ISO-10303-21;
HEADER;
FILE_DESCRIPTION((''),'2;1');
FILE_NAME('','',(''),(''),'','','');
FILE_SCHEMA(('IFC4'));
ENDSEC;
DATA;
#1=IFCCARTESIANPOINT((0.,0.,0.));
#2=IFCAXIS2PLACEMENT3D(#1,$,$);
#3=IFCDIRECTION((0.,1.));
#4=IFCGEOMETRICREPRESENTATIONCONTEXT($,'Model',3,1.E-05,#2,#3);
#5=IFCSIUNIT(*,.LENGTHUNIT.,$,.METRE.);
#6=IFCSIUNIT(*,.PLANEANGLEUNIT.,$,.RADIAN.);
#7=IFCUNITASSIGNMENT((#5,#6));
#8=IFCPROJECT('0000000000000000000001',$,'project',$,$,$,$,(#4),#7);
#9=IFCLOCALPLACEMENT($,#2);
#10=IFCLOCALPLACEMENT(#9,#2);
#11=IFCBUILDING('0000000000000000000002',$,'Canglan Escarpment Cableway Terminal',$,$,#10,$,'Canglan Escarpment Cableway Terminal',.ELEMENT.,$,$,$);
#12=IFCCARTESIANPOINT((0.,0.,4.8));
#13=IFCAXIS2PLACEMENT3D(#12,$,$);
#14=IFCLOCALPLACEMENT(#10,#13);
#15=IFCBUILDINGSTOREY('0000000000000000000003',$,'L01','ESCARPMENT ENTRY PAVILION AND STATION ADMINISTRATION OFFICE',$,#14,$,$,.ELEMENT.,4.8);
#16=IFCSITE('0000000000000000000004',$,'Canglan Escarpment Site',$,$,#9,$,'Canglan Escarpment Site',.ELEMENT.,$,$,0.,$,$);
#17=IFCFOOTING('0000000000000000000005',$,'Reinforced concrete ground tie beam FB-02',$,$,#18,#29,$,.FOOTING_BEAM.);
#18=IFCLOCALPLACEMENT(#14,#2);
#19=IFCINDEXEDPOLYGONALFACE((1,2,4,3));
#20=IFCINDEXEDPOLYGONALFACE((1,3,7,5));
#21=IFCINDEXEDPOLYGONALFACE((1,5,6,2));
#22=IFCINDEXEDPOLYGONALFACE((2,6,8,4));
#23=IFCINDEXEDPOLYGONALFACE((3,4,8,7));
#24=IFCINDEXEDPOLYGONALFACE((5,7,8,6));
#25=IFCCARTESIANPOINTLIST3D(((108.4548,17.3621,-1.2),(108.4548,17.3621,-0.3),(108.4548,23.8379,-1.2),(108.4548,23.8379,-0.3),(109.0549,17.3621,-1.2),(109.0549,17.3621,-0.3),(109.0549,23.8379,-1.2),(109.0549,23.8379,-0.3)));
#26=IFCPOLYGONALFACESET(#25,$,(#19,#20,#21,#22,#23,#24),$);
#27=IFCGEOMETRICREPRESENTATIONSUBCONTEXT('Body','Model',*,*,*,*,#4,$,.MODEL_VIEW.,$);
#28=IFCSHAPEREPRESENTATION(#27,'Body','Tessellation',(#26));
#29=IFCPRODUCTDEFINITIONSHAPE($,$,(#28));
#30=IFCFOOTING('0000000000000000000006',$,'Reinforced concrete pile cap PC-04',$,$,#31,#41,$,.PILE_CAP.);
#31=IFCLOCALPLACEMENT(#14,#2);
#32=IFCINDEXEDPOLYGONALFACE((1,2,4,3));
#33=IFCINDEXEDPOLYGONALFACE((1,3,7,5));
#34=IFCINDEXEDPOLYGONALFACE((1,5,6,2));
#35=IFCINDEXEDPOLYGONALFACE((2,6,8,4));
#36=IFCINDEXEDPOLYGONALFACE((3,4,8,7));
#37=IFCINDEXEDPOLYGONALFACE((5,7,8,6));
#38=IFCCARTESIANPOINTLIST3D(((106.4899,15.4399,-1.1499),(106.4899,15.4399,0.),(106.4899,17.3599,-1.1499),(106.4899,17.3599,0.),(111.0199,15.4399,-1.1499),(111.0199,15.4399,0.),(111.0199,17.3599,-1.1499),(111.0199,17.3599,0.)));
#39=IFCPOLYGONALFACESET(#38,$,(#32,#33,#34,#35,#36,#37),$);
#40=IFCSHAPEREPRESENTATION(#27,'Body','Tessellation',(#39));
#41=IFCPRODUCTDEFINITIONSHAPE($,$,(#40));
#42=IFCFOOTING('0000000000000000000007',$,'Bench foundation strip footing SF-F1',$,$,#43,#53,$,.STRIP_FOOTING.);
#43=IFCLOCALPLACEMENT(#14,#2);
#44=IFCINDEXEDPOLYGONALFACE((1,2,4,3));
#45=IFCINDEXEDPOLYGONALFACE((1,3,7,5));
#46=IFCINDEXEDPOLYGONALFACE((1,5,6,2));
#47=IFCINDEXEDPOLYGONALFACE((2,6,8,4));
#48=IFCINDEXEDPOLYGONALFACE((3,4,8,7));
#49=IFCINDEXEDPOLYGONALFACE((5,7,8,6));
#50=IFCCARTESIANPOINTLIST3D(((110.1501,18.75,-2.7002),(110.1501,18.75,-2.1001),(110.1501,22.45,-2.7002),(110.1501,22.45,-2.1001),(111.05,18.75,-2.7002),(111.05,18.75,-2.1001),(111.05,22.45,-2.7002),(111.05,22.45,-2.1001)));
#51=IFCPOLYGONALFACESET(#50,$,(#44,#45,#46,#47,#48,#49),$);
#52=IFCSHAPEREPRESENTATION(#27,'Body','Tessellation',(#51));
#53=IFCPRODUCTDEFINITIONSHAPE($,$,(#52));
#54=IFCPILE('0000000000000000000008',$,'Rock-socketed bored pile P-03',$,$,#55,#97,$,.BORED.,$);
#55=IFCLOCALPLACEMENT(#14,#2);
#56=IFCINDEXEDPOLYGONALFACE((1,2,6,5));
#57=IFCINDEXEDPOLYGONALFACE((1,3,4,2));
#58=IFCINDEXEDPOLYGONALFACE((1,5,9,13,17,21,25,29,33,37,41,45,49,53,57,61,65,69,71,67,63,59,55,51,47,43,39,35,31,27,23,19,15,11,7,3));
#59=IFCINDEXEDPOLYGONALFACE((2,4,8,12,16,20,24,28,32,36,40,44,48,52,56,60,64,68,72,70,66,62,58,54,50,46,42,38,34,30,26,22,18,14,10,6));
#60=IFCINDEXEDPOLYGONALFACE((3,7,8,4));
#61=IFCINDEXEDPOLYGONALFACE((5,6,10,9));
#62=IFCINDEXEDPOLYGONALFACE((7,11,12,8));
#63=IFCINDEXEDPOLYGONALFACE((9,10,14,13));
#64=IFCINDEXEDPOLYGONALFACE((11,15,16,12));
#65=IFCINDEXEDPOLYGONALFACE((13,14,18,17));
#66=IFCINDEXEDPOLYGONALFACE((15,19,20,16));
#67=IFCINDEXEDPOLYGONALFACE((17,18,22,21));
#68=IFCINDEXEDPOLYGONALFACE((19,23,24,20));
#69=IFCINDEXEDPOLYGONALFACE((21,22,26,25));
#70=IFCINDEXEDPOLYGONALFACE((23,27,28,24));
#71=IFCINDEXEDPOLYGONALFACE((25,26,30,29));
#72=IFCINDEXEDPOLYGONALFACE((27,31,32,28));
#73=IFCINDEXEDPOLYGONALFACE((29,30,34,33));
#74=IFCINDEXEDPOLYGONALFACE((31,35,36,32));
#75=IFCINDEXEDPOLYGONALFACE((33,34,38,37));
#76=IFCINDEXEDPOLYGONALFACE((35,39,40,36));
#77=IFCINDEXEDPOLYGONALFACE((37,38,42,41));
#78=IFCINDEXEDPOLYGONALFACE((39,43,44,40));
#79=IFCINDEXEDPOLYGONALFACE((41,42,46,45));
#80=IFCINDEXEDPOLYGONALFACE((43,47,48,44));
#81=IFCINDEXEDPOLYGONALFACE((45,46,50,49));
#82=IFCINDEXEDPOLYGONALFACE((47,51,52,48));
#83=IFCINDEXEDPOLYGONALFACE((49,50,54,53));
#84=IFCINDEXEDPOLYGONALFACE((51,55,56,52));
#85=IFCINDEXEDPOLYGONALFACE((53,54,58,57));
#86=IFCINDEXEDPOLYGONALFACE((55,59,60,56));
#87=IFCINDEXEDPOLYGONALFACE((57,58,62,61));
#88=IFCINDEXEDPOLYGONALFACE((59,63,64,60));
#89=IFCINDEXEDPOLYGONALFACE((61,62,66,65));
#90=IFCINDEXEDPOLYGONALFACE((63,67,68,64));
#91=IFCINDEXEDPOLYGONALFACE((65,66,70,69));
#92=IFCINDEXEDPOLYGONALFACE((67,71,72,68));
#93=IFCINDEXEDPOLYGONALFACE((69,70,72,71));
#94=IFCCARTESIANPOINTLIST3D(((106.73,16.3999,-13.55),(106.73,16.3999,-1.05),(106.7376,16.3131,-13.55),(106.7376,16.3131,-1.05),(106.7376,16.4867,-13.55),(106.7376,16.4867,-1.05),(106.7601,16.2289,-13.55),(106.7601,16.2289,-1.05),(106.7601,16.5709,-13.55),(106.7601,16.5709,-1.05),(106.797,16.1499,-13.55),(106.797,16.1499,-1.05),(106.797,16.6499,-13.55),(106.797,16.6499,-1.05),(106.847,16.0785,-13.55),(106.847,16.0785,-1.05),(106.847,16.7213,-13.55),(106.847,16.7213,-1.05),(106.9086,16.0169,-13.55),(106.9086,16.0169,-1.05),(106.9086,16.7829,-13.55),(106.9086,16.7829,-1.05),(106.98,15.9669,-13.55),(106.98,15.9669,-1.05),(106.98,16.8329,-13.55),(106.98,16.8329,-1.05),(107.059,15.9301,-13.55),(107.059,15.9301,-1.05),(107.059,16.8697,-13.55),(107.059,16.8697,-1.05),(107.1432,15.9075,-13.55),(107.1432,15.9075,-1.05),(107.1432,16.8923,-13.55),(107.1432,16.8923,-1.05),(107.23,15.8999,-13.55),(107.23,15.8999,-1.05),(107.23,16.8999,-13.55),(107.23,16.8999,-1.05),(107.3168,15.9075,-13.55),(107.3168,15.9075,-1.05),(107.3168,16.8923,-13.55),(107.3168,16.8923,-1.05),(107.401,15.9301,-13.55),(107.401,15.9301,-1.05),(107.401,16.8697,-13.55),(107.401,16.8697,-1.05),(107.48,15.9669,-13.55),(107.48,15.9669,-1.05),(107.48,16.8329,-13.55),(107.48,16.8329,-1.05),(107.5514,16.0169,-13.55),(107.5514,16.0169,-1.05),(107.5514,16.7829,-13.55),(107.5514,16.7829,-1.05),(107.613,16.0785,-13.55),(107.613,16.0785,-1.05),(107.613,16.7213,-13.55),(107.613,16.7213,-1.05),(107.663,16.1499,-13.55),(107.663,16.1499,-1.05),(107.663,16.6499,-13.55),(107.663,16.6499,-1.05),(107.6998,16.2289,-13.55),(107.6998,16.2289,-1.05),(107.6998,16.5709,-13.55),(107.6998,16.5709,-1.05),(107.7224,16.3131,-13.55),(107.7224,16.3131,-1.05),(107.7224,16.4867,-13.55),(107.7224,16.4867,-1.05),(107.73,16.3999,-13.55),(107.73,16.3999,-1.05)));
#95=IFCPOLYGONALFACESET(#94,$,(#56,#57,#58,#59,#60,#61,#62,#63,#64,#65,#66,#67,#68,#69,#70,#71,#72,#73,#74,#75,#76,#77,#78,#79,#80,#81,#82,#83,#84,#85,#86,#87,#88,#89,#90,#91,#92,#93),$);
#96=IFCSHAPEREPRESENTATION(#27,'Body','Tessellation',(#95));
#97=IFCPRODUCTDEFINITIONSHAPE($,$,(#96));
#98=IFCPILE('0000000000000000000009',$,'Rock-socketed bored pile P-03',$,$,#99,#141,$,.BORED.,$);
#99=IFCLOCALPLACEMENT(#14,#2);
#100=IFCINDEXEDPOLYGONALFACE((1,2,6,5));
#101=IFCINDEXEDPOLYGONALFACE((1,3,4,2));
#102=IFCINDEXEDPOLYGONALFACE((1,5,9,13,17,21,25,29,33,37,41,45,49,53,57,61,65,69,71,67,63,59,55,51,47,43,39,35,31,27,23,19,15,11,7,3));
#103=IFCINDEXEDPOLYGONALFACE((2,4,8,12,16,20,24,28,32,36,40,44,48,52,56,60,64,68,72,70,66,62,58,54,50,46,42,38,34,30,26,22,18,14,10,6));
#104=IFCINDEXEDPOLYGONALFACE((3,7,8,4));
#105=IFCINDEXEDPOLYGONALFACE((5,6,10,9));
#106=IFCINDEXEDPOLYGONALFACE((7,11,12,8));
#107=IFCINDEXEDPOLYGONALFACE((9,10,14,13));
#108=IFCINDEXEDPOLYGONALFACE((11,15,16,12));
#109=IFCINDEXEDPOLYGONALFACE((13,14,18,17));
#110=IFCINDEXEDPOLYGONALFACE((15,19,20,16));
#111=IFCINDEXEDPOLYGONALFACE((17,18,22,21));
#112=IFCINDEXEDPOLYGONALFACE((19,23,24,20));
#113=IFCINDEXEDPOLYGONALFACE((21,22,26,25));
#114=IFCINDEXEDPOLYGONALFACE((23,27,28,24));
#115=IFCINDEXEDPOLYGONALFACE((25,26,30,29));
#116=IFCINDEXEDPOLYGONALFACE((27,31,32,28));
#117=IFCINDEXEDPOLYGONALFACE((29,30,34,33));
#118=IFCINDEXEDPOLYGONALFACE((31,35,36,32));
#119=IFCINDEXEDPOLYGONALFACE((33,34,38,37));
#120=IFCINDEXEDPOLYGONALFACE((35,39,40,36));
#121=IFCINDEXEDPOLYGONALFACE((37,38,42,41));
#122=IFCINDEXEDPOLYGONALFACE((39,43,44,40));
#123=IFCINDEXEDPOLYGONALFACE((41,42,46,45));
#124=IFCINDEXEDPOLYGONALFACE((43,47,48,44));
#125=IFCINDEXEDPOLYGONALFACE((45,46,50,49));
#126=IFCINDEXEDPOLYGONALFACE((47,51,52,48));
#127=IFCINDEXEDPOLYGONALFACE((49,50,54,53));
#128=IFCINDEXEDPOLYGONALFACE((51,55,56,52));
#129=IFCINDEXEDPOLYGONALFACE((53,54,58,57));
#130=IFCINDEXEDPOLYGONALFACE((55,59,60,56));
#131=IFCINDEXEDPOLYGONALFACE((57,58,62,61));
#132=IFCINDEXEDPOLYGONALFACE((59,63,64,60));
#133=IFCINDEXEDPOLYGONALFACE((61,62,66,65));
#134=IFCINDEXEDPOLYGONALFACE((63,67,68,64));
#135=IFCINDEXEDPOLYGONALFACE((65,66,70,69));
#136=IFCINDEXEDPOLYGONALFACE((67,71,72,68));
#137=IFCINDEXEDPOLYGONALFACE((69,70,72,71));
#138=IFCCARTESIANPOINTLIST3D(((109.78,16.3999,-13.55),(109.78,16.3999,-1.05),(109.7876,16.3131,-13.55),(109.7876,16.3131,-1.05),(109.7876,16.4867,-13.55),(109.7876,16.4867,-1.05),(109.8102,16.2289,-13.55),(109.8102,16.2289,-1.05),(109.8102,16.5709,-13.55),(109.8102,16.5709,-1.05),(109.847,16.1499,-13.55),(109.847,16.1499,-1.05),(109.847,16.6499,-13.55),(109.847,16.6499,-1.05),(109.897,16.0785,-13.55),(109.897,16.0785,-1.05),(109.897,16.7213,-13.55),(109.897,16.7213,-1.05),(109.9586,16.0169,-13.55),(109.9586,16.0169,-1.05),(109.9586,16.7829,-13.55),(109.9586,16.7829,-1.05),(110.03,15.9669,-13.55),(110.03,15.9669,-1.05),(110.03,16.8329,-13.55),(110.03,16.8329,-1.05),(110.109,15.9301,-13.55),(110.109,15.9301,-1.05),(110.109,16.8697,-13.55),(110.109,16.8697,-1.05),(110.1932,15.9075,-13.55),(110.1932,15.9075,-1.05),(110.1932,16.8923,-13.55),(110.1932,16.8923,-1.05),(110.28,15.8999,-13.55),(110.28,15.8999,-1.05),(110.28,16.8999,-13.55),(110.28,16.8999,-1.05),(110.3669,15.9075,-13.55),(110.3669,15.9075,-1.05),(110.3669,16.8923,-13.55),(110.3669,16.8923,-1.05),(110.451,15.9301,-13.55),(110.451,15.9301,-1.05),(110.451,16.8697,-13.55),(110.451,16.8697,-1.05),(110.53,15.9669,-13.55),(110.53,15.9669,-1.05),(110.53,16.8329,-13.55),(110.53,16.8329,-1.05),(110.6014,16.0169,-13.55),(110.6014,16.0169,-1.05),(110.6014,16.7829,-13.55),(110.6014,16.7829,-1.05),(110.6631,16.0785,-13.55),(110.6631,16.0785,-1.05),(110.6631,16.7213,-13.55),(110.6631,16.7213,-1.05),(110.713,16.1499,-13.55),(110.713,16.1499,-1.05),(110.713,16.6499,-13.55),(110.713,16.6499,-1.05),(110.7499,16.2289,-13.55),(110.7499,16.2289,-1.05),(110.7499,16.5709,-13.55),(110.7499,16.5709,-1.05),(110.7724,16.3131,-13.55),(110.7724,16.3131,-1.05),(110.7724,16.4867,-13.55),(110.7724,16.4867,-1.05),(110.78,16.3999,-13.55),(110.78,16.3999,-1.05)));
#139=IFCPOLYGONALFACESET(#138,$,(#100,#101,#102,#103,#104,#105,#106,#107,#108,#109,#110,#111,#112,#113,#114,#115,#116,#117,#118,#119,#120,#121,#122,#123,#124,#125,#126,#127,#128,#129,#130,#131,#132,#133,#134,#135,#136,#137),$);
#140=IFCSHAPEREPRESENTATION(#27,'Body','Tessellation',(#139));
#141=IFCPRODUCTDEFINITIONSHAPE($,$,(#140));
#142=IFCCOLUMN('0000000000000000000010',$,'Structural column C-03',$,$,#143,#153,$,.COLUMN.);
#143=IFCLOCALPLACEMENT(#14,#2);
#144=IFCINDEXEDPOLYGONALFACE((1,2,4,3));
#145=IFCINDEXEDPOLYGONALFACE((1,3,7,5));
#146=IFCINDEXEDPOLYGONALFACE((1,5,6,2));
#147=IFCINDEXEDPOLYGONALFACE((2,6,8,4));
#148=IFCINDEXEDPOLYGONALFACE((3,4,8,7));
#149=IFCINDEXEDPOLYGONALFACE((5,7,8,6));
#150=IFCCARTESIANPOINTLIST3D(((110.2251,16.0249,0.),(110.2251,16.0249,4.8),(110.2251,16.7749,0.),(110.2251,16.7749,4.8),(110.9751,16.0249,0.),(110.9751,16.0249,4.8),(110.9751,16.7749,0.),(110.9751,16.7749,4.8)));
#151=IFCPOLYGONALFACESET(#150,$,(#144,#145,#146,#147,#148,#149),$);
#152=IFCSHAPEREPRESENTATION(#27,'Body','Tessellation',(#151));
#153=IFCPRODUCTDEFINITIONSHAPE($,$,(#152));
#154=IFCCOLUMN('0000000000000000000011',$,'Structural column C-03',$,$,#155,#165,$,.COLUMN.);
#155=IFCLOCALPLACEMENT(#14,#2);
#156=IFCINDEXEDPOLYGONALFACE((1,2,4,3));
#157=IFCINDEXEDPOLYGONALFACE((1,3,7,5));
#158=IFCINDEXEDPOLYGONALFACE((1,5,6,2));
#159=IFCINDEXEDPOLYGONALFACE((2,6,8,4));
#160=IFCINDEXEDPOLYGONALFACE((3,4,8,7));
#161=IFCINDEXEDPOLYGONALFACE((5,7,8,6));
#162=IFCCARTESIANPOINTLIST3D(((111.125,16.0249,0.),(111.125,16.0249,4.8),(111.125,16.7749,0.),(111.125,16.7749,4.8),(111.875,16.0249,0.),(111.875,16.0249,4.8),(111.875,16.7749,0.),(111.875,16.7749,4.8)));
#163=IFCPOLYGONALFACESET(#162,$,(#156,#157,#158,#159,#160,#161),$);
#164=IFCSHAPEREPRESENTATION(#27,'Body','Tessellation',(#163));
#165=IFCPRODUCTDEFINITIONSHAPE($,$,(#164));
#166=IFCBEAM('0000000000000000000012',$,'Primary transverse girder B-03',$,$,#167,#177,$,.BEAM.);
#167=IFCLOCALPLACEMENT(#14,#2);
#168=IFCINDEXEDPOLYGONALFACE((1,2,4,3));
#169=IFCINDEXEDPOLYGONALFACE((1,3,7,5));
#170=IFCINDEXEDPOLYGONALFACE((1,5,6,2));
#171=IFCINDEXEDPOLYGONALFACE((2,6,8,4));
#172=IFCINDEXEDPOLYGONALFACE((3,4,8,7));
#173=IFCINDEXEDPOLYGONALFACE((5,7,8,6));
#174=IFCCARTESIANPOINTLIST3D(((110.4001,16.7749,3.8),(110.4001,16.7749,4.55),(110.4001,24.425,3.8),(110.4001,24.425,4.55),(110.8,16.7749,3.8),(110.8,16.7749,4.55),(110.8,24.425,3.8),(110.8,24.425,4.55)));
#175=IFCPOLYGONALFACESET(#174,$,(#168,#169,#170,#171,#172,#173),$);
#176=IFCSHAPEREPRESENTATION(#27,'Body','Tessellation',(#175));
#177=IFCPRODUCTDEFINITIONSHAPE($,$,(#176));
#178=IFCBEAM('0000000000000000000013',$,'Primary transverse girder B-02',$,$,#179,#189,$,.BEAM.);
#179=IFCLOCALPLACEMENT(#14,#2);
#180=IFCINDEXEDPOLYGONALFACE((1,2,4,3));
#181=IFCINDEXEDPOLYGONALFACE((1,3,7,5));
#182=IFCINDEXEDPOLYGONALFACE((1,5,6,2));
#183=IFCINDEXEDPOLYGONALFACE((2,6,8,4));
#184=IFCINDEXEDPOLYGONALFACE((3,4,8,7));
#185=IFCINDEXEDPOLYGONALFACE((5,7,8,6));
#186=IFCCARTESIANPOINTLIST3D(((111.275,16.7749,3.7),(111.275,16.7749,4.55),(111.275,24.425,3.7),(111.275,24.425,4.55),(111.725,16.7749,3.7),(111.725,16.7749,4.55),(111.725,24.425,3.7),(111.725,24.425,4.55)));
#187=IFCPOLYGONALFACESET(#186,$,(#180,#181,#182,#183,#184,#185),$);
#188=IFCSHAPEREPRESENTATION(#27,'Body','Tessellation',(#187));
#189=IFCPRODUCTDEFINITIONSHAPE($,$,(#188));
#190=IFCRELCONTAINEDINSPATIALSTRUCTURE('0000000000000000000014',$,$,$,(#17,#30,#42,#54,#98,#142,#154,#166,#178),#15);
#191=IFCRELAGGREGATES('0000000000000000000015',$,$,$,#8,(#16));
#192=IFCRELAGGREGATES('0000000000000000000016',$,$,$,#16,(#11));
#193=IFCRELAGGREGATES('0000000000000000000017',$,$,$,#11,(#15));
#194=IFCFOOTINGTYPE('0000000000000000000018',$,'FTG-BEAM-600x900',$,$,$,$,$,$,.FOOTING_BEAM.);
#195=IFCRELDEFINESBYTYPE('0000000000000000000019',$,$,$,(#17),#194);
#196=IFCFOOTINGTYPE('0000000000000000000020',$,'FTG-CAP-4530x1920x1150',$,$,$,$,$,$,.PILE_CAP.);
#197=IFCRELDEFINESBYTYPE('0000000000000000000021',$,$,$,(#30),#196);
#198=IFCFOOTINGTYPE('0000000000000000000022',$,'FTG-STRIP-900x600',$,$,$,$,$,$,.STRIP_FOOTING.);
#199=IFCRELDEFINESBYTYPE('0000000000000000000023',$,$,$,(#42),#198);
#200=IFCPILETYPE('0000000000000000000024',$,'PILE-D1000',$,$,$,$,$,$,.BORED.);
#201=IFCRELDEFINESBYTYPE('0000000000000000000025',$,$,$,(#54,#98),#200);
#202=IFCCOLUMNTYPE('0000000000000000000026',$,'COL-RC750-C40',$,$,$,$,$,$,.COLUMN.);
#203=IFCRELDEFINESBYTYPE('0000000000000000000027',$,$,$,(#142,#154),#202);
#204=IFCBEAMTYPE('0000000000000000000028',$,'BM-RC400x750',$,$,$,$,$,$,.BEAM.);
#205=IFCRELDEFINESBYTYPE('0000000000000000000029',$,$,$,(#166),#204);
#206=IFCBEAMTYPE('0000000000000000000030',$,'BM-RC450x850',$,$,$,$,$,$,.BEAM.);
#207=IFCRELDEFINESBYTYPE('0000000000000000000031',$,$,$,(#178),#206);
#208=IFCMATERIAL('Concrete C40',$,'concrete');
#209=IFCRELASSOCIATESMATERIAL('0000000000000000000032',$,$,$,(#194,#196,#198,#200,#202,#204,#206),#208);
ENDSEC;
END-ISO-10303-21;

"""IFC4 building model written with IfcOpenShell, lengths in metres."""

from ifc_helpers import new_model, si_unit, direction, frame, origin, origin_2d, place, context, subcontext, project, spatial, rectangle, circle, extrude, material, material_profile, profile_set, type_object, element, save


model = new_model("IFC4")

# Units and contexts
model_context = context("Model", 3, precision=1e-05, world=origin(), true_north=direction((0.0, 1.0)))
body_context = subcontext(model_context, "Body", "Model", "MODEL_VIEW")
ifc_project = project(units=[si_unit("LENGTHUNIT", "METRE"), si_unit("PLANEANGLEUNIT", "RADIAN")], contexts=[model_context])

# Site, building, storey
site_placement = place(None, origin())
site = spatial("IfcSite", under=ifc_project, at=site_placement, Name="Canglan Escarpment Site", LongName="Canglan Escarpment Site", CompositionType="ELEMENT", RefElevation=0.0)
building_placement = place(site_placement, origin())
building = spatial("IfcBuilding", under=site, at=building_placement, Name="Canglan Escarpment Cableway Terminal", LongName="Canglan Escarpment Cableway Terminal", CompositionType="ELEMENT")
storey_placement = place(building_placement, frame((0.0, 0.0, 4.8)))
storey = spatial("IfcBuildingStorey", under=building, at=storey_placement, Name="L01", Description="ESCARPMENT ENTRY PAVILION AND STATION ADMINISTRATION OFFICE", CompositionType="ELEMENT", Elevation=4.8)

# Footings
ifc_material_1 = material(Name="Concrete C40", Category="concrete")
ifc_material_profile_1 = material_profile(ifc_material_1, rectangle(XDim=0.6001, YDim=0.8999, at=origin_2d()), Name="FB 600x900")
ifc_profile_set_1 = profile_set([ifc_material_profile_1], Name="Concrete C40")
footing_type_1 = type_object("IfcFootingType", Name="FTG-BEAM-600x900", PredefinedType="FOOTING_BEAM", material=ifc_profile_set_1)
footing_1_placement = place(storey_placement, frame((108.7549, 17.3621, -0.75), z_axis=(0.0, 1.0, 0.0), x_axis=(-1.0, 0.0, 0.0)))
element("IfcFooting", 1, at=footing_1_placement, inside=storey, type_object=footing_type_1, Name="Reinforced concrete ground tie beam FB-02", PredefinedType="FOOTING_BEAM", context=body_context, shape_type="SweptSolid", body=[
    extrude(rectangle(XDim=0.6001, YDim=0.8999, at=origin_2d()), origin(), (0.0, 0.0, 1.0), 6.4758),
])
footing_type_2 = type_object("IfcFootingType", Name="FTG-CAP-4530x1920x1150", PredefinedType="PILE_CAP", material=ifc_material_1)
footing_2_placement = place(storey_placement, frame((108.7549, 16.3999, -1.1499), z_axis=(0.0, 0.0, 1.0), x_axis=(1.0, 0.0, 0.0)))
element("IfcFooting", 2, at=footing_2_placement, inside=storey, type_object=footing_type_2, Name="Reinforced concrete pile cap PC-04", PredefinedType="PILE_CAP", context=body_context, shape_type="SweptSolid", body=[
    extrude(rectangle(XDim=4.53, YDim=1.9199, at=origin_2d()), origin(), (0.0, 0.0, 1.0), 1.1499),
])
ifc_material_profile_2 = material_profile(ifc_material_1, rectangle(XDim=0.8999, YDim=0.6001, at=origin_2d()), Name="SF 900x600")
ifc_profile_set_2 = profile_set([ifc_material_profile_2], Name="Concrete C40")
footing_type_3 = type_object("IfcFootingType", Name="FTG-STRIP-900x600", PredefinedType="STRIP_FOOTING", material=ifc_profile_set_2)
footing_3_placement = place(storey_placement, frame((110.6001, 18.75, -2.4001), z_axis=(0.0, 1.0, 0.0), x_axis=(-1.0, 0.0, 0.0)))
element("IfcFooting", 3, at=footing_3_placement, inside=storey, type_object=footing_type_3, Name="Bench foundation strip footing SF-F1", PredefinedType="STRIP_FOOTING", context=body_context, shape_type="SweptSolid", body=[
    extrude(rectangle(XDim=0.8999, YDim=0.6001, at=origin_2d()), origin(), (0.0, 0.0, 1.0), 3.7),
])

# Piles
ifc_material_profile_3 = material_profile(ifc_material_1, circle(Radius=0.5, at=origin_2d()), Name="BORED PILE D1000")
ifc_profile_set_3 = profile_set([ifc_material_profile_3], Name="Concrete C40")
pile_type = type_object("IfcPileType", Name="PILE-D1000", PredefinedType="BORED", material=ifc_profile_set_3)
for number, where, z_axis, x_axis, name in (
    (4, (107.23, 16.3999, -1.05), (0.0, 0.0, -1.0), (1.0, 0.0, 0.0), "Rock-socketed bored pile P-03"),
    (5, (110.28, 16.3999, -1.05), (0.0, 0.0, -1.0), (1.0, 0.0, 0.0), "Rock-socketed bored pile P-03"),
):
    element("IfcPile", number, at=place(storey_placement, frame(where, z_axis=z_axis, x_axis=x_axis)), inside=storey, type_object=pile_type, Name=name, PredefinedType="BORED", context=body_context, shape_type="SweptSolid", body=[
        extrude(circle(Radius=0.5, at=origin_2d()), origin(), (0.0, 0.0, 1.0), 12.5),
    ])

# Columns
ifc_material_profile_4 = material_profile(ifc_material_1, rectangle(XDim=0.75, YDim=0.75, at=origin_2d()), Name="RC 750x750")
ifc_profile_set_4 = profile_set([ifc_material_profile_4], Name="Concrete C40")
column_type = type_object("IfcColumnType", Name="COL-RC750-C40", PredefinedType="COLUMN", material=ifc_profile_set_4)
for number, where, z_axis, x_axis, name in (
    (6, (110.6001, 16.3999, 0.0), (0.0, 0.0, 1.0), (1.0, 0.0, 0.0), "Structural column C-03"),
    (7, (111.5, 16.3999, 0.0), (0.0, 0.0, 1.0), (1.0, 0.0, 0.0), "Structural column C-03"),
):
    element("IfcColumn", number, at=place(storey_placement, frame(where, z_axis=z_axis, x_axis=x_axis)), inside=storey, type_object=column_type, Name=name, PredefinedType="COLUMN", context=body_context, shape_type="SweptSolid", body=[
        extrude(rectangle(XDim=0.75, YDim=0.75, at=origin_2d()), origin(), (0.0, 0.0, 1.0), 4.8),
    ])

# Beams
ifc_material_profile_5 = material_profile(ifc_material_1, rectangle(XDim=0.3999, YDim=0.75, at=origin_2d()), Name="RC 400x750")
ifc_profile_set_5 = profile_set([ifc_material_profile_5], Name="Concrete C40")
beam_type_1 = type_object("IfcBeamType", Name="BM-RC400x750", PredefinedType="BEAM", material=ifc_profile_set_5)
beam_1_placement = place(storey_placement, frame((110.6001, 16.7749, 4.175), z_axis=(0.0, 1.0, 0.0), x_axis=(-1.0, 0.0, 0.0)))
element("IfcBeam", 8, at=beam_1_placement, inside=storey, type_object=beam_type_1, Name="Primary transverse girder B-03", PredefinedType="BEAM", context=body_context, shape_type="SweptSolid", body=[
    extrude(rectangle(XDim=0.3999, YDim=0.75, at=origin_2d()), origin(), (0.0, 0.0, 1.0), 7.6501),
])
ifc_material_profile_6 = material_profile(ifc_material_1, rectangle(XDim=0.45, YDim=0.8501, at=origin_2d()), Name="RC 450x850")
ifc_profile_set_6 = profile_set([ifc_material_profile_6], Name="Concrete C40")
beam_type_2 = type_object("IfcBeamType", Name="BM-RC450x850", PredefinedType="BEAM", material=ifc_profile_set_6)
beam_2_placement = place(storey_placement, frame((111.5, 16.7749, 4.125), z_axis=(0.0, 1.0, 0.0), x_axis=(-1.0, 0.0, 0.0)))
element("IfcBeam", 9, at=beam_2_placement, inside=storey, type_object=beam_type_2, Name="Primary transverse girder B-02", PredefinedType="BEAM", context=body_context, shape_type="SweptSolid", body=[
    extrude(rectangle(XDim=0.45, YDim=0.8501, at=origin_2d()), origin(), (0.0, 0.0, 1.0), 7.6501),
])

save(model, "model.ifc")
